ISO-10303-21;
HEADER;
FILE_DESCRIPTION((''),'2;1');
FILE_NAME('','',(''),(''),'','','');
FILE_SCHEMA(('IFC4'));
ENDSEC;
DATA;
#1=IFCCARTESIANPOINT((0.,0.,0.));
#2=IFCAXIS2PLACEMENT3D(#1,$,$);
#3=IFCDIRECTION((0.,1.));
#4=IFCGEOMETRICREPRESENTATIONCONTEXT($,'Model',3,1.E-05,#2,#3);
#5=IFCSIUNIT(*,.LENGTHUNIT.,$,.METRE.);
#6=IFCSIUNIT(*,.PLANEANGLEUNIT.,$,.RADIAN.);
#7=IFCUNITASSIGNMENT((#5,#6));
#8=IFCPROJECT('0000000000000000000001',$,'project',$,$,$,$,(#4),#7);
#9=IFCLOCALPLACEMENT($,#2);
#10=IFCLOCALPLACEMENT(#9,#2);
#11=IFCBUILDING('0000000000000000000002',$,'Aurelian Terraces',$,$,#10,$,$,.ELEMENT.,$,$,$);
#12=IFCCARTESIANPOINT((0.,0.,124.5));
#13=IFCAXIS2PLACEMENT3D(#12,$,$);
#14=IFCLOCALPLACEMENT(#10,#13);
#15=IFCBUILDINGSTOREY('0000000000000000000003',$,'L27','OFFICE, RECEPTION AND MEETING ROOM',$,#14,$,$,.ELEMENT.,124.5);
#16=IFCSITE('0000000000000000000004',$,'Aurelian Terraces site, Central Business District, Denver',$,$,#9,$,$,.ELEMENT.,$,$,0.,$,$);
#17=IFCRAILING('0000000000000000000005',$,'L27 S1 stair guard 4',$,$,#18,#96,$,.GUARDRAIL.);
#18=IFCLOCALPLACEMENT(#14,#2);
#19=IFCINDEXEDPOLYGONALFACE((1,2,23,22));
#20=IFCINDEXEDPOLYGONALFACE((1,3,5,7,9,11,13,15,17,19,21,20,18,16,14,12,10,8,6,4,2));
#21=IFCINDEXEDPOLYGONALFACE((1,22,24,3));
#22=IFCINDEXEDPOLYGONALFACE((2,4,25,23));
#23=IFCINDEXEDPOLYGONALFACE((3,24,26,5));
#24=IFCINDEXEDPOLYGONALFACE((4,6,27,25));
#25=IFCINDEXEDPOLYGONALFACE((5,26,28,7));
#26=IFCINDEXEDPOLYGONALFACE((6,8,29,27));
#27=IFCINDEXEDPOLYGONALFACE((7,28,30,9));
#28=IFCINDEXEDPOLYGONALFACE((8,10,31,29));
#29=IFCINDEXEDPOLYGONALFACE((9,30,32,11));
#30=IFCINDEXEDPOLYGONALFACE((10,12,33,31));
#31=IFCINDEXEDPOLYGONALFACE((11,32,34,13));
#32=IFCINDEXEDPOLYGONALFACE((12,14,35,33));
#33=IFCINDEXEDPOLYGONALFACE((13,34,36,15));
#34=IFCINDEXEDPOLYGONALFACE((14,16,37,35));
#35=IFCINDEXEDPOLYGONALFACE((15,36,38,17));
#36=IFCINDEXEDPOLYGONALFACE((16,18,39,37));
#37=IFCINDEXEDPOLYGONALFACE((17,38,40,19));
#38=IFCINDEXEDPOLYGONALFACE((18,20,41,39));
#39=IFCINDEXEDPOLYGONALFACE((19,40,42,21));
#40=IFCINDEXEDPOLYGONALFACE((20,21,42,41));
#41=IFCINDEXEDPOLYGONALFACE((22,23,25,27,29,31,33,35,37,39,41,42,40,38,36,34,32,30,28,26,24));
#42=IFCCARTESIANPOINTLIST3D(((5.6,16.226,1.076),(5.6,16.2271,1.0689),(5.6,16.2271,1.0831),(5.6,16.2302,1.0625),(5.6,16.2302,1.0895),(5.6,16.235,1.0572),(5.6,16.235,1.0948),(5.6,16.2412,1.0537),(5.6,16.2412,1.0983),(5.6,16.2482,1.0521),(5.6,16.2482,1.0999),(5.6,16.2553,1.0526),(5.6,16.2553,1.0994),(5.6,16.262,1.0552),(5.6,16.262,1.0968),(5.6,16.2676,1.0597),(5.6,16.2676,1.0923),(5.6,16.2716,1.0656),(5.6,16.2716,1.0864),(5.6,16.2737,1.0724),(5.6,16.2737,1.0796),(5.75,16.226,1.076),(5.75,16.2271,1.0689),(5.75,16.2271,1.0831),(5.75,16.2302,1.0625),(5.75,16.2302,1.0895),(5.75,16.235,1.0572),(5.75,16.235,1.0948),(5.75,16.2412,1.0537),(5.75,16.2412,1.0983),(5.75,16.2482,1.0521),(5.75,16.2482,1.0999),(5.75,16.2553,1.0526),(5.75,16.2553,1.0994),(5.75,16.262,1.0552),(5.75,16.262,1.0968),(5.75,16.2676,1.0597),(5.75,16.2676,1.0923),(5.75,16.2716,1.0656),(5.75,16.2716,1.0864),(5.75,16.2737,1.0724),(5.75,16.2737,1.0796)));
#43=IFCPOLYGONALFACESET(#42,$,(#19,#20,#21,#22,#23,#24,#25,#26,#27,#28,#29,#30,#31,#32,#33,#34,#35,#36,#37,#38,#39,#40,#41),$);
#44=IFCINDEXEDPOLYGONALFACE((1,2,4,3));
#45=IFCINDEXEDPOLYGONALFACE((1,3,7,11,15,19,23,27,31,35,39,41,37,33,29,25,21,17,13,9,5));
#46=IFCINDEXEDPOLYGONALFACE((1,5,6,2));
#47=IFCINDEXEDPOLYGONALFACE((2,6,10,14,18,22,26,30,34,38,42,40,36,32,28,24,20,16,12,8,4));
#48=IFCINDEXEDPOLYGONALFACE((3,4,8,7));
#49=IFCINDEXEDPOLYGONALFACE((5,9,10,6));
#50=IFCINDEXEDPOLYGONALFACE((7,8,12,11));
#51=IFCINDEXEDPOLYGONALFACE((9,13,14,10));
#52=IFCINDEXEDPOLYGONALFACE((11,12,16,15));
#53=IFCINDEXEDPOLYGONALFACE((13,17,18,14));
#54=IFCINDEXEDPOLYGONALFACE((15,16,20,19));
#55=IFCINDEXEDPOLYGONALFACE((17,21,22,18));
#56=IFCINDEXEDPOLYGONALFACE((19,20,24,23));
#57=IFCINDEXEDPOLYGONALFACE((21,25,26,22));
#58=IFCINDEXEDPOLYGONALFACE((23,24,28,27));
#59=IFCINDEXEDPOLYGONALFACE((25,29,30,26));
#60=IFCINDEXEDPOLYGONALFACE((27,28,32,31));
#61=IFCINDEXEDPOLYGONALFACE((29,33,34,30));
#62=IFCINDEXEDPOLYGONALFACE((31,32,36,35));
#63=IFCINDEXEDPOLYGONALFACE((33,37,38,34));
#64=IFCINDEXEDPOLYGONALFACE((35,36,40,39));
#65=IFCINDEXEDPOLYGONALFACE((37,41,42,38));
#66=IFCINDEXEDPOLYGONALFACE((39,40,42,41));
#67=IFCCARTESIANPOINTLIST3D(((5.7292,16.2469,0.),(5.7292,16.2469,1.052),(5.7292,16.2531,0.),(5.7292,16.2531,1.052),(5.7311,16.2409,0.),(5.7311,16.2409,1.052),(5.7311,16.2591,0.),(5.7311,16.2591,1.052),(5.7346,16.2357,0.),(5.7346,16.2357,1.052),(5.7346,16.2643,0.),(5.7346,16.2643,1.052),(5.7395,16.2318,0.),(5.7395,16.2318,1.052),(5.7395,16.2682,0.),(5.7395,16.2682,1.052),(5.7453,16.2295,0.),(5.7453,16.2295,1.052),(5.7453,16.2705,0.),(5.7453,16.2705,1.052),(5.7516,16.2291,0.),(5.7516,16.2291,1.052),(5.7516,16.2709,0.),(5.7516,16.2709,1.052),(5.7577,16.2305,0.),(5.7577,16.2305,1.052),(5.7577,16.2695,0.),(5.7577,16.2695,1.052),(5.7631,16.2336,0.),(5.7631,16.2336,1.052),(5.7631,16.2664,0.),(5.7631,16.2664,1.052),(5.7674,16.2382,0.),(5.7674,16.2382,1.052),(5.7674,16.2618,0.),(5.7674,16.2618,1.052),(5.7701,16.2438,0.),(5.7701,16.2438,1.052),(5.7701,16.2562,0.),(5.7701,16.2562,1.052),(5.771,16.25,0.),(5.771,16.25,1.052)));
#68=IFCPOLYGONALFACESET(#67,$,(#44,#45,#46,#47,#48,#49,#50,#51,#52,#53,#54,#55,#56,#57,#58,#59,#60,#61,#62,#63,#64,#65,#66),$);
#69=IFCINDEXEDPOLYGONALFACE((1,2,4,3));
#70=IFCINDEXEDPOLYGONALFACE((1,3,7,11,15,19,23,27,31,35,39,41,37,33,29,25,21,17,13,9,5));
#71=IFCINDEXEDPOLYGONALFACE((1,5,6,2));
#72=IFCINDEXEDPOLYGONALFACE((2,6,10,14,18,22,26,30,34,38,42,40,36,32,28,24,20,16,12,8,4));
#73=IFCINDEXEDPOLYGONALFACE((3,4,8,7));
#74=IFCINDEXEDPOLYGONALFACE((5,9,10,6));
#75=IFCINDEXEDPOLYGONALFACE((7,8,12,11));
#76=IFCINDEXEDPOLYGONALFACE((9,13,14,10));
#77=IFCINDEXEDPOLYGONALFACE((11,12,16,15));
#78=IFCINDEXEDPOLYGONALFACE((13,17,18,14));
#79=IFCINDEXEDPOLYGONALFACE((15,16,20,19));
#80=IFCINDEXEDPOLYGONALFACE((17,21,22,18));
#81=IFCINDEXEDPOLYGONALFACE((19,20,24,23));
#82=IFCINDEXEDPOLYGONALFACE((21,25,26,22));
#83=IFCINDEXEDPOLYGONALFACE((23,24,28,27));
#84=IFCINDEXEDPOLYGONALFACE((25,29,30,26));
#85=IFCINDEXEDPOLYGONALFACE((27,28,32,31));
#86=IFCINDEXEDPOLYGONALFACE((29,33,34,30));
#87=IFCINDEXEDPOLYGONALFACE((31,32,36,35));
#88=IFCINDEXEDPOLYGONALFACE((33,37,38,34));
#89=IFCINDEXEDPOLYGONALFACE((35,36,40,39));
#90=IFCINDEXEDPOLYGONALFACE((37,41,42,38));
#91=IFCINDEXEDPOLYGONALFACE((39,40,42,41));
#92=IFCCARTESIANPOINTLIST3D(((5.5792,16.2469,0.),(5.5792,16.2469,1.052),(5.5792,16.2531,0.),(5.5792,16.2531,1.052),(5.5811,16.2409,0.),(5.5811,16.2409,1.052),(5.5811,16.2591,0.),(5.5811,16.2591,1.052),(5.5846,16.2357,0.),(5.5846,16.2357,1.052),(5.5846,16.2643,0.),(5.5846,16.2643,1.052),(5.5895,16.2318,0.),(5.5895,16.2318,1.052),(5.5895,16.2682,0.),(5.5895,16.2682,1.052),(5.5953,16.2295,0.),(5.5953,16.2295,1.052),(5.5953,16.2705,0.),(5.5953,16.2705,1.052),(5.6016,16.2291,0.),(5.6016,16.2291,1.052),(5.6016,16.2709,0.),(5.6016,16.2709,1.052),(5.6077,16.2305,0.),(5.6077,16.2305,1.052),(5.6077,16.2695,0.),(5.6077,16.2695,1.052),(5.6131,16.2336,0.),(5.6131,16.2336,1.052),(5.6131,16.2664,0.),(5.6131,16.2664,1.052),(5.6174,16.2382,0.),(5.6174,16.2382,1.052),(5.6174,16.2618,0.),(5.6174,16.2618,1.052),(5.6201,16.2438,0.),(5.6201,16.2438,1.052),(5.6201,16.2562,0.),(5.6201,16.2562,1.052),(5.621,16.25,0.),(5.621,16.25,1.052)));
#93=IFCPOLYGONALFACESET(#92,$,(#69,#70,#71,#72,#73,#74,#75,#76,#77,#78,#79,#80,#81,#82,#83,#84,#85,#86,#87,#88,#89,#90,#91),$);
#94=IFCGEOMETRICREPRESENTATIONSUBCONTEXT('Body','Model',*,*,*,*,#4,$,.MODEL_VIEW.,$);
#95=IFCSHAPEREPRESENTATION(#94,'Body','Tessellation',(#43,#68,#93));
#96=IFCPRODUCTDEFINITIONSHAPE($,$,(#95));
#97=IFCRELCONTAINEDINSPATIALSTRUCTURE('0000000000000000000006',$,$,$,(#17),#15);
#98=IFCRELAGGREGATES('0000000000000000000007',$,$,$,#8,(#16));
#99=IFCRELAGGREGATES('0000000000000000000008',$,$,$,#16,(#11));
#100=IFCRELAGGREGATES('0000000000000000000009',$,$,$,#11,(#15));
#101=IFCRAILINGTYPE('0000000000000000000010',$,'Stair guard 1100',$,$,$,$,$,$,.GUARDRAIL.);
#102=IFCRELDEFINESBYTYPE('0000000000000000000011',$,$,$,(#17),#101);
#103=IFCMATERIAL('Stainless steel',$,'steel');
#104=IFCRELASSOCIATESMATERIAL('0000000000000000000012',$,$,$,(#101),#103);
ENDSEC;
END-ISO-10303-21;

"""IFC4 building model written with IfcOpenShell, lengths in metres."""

from ifc_helpers import new_model, si_unit, direction, frame, origin, origin_2d, place, context, subcontext, project, spatial, circle, extrude, source, transform, mapped, material, type_object, element, save


model = new_model("IFC4")

# Units and contexts
model_context = context("Model", 3, precision=1e-05, world=origin(), true_north=direction((0.0, 1.0)))
body_context = subcontext(model_context, "Body", "Model", "MODEL_VIEW")
ifc_project = project(units=[si_unit("LENGTHUNIT", "METRE"), si_unit("PLANEANGLEUNIT", "RADIAN")], contexts=[model_context])

# Site, building, storey
site_placement = place(None, origin())
site = spatial("IfcSite", under=ifc_project, at=site_placement, Name="Aurelian Terraces site, Central Business District, Denver", CompositionType="ELEMENT", RefElevation=0.0)
building_placement = place(site_placement, origin())
building = spatial("IfcBuilding", under=site, at=building_placement, Name="Aurelian Terraces", CompositionType="ELEMENT")
storey_placement = place(building_placement, frame((0.0, 0.0, 124.5)))
storey = spatial("IfcBuildingStorey", under=building, at=storey_placement, Name="L27", Description="OFFICE, RECEPTION AND MEETING ROOM", CompositionType="ELEMENT", Elevation=124.5)

# Railing
ifc_material_1 = material(Name="Stainless steel", Category="steel")
railing_type_1 = type_object("IfcRailingType", Name="Stair guard 1100", PredefinedType="GUARDRAIL", material=ifc_material_1)
shared_shape_1 = source(origin(), body_context, "Body", "SweptSolid", [
    extrude(circle(Radius=0.024, at=origin_2d()), frame((0.0, 0.0, 1.076), z_axis=(-1.0, 0.0, 0.0), x_axis=(0.0, -1.0, 0.0)), (0.0, 0.0, 1.0), 0.15),
    extrude(circle(Radius=0.021, at=origin_2d()), origin(), (0.0, 0.0, 1.0), 1.052),
    extrude(circle(Radius=0.021, at=origin_2d()), frame((-0.15, 0.0, 0.0)), (0.0, 0.0, 1.0), 1.052),
])
for number, where, name in (
    (1, (5.75, 16.25, 0.0), "L27 S1 stair guard 4"),
):
    element("IfcRailing", number, at=place(storey_placement, frame(where)), inside=storey, type_object=railing_type_1, Name=name, PredefinedType="GUARDRAIL", context=body_context, shape_type="MappedRepresentation", body=[
        mapped(shared_shape_1, transform((0.0, 0.0, 0.0), scale=1.0)),
    ])

save(model, "model.ifc")
